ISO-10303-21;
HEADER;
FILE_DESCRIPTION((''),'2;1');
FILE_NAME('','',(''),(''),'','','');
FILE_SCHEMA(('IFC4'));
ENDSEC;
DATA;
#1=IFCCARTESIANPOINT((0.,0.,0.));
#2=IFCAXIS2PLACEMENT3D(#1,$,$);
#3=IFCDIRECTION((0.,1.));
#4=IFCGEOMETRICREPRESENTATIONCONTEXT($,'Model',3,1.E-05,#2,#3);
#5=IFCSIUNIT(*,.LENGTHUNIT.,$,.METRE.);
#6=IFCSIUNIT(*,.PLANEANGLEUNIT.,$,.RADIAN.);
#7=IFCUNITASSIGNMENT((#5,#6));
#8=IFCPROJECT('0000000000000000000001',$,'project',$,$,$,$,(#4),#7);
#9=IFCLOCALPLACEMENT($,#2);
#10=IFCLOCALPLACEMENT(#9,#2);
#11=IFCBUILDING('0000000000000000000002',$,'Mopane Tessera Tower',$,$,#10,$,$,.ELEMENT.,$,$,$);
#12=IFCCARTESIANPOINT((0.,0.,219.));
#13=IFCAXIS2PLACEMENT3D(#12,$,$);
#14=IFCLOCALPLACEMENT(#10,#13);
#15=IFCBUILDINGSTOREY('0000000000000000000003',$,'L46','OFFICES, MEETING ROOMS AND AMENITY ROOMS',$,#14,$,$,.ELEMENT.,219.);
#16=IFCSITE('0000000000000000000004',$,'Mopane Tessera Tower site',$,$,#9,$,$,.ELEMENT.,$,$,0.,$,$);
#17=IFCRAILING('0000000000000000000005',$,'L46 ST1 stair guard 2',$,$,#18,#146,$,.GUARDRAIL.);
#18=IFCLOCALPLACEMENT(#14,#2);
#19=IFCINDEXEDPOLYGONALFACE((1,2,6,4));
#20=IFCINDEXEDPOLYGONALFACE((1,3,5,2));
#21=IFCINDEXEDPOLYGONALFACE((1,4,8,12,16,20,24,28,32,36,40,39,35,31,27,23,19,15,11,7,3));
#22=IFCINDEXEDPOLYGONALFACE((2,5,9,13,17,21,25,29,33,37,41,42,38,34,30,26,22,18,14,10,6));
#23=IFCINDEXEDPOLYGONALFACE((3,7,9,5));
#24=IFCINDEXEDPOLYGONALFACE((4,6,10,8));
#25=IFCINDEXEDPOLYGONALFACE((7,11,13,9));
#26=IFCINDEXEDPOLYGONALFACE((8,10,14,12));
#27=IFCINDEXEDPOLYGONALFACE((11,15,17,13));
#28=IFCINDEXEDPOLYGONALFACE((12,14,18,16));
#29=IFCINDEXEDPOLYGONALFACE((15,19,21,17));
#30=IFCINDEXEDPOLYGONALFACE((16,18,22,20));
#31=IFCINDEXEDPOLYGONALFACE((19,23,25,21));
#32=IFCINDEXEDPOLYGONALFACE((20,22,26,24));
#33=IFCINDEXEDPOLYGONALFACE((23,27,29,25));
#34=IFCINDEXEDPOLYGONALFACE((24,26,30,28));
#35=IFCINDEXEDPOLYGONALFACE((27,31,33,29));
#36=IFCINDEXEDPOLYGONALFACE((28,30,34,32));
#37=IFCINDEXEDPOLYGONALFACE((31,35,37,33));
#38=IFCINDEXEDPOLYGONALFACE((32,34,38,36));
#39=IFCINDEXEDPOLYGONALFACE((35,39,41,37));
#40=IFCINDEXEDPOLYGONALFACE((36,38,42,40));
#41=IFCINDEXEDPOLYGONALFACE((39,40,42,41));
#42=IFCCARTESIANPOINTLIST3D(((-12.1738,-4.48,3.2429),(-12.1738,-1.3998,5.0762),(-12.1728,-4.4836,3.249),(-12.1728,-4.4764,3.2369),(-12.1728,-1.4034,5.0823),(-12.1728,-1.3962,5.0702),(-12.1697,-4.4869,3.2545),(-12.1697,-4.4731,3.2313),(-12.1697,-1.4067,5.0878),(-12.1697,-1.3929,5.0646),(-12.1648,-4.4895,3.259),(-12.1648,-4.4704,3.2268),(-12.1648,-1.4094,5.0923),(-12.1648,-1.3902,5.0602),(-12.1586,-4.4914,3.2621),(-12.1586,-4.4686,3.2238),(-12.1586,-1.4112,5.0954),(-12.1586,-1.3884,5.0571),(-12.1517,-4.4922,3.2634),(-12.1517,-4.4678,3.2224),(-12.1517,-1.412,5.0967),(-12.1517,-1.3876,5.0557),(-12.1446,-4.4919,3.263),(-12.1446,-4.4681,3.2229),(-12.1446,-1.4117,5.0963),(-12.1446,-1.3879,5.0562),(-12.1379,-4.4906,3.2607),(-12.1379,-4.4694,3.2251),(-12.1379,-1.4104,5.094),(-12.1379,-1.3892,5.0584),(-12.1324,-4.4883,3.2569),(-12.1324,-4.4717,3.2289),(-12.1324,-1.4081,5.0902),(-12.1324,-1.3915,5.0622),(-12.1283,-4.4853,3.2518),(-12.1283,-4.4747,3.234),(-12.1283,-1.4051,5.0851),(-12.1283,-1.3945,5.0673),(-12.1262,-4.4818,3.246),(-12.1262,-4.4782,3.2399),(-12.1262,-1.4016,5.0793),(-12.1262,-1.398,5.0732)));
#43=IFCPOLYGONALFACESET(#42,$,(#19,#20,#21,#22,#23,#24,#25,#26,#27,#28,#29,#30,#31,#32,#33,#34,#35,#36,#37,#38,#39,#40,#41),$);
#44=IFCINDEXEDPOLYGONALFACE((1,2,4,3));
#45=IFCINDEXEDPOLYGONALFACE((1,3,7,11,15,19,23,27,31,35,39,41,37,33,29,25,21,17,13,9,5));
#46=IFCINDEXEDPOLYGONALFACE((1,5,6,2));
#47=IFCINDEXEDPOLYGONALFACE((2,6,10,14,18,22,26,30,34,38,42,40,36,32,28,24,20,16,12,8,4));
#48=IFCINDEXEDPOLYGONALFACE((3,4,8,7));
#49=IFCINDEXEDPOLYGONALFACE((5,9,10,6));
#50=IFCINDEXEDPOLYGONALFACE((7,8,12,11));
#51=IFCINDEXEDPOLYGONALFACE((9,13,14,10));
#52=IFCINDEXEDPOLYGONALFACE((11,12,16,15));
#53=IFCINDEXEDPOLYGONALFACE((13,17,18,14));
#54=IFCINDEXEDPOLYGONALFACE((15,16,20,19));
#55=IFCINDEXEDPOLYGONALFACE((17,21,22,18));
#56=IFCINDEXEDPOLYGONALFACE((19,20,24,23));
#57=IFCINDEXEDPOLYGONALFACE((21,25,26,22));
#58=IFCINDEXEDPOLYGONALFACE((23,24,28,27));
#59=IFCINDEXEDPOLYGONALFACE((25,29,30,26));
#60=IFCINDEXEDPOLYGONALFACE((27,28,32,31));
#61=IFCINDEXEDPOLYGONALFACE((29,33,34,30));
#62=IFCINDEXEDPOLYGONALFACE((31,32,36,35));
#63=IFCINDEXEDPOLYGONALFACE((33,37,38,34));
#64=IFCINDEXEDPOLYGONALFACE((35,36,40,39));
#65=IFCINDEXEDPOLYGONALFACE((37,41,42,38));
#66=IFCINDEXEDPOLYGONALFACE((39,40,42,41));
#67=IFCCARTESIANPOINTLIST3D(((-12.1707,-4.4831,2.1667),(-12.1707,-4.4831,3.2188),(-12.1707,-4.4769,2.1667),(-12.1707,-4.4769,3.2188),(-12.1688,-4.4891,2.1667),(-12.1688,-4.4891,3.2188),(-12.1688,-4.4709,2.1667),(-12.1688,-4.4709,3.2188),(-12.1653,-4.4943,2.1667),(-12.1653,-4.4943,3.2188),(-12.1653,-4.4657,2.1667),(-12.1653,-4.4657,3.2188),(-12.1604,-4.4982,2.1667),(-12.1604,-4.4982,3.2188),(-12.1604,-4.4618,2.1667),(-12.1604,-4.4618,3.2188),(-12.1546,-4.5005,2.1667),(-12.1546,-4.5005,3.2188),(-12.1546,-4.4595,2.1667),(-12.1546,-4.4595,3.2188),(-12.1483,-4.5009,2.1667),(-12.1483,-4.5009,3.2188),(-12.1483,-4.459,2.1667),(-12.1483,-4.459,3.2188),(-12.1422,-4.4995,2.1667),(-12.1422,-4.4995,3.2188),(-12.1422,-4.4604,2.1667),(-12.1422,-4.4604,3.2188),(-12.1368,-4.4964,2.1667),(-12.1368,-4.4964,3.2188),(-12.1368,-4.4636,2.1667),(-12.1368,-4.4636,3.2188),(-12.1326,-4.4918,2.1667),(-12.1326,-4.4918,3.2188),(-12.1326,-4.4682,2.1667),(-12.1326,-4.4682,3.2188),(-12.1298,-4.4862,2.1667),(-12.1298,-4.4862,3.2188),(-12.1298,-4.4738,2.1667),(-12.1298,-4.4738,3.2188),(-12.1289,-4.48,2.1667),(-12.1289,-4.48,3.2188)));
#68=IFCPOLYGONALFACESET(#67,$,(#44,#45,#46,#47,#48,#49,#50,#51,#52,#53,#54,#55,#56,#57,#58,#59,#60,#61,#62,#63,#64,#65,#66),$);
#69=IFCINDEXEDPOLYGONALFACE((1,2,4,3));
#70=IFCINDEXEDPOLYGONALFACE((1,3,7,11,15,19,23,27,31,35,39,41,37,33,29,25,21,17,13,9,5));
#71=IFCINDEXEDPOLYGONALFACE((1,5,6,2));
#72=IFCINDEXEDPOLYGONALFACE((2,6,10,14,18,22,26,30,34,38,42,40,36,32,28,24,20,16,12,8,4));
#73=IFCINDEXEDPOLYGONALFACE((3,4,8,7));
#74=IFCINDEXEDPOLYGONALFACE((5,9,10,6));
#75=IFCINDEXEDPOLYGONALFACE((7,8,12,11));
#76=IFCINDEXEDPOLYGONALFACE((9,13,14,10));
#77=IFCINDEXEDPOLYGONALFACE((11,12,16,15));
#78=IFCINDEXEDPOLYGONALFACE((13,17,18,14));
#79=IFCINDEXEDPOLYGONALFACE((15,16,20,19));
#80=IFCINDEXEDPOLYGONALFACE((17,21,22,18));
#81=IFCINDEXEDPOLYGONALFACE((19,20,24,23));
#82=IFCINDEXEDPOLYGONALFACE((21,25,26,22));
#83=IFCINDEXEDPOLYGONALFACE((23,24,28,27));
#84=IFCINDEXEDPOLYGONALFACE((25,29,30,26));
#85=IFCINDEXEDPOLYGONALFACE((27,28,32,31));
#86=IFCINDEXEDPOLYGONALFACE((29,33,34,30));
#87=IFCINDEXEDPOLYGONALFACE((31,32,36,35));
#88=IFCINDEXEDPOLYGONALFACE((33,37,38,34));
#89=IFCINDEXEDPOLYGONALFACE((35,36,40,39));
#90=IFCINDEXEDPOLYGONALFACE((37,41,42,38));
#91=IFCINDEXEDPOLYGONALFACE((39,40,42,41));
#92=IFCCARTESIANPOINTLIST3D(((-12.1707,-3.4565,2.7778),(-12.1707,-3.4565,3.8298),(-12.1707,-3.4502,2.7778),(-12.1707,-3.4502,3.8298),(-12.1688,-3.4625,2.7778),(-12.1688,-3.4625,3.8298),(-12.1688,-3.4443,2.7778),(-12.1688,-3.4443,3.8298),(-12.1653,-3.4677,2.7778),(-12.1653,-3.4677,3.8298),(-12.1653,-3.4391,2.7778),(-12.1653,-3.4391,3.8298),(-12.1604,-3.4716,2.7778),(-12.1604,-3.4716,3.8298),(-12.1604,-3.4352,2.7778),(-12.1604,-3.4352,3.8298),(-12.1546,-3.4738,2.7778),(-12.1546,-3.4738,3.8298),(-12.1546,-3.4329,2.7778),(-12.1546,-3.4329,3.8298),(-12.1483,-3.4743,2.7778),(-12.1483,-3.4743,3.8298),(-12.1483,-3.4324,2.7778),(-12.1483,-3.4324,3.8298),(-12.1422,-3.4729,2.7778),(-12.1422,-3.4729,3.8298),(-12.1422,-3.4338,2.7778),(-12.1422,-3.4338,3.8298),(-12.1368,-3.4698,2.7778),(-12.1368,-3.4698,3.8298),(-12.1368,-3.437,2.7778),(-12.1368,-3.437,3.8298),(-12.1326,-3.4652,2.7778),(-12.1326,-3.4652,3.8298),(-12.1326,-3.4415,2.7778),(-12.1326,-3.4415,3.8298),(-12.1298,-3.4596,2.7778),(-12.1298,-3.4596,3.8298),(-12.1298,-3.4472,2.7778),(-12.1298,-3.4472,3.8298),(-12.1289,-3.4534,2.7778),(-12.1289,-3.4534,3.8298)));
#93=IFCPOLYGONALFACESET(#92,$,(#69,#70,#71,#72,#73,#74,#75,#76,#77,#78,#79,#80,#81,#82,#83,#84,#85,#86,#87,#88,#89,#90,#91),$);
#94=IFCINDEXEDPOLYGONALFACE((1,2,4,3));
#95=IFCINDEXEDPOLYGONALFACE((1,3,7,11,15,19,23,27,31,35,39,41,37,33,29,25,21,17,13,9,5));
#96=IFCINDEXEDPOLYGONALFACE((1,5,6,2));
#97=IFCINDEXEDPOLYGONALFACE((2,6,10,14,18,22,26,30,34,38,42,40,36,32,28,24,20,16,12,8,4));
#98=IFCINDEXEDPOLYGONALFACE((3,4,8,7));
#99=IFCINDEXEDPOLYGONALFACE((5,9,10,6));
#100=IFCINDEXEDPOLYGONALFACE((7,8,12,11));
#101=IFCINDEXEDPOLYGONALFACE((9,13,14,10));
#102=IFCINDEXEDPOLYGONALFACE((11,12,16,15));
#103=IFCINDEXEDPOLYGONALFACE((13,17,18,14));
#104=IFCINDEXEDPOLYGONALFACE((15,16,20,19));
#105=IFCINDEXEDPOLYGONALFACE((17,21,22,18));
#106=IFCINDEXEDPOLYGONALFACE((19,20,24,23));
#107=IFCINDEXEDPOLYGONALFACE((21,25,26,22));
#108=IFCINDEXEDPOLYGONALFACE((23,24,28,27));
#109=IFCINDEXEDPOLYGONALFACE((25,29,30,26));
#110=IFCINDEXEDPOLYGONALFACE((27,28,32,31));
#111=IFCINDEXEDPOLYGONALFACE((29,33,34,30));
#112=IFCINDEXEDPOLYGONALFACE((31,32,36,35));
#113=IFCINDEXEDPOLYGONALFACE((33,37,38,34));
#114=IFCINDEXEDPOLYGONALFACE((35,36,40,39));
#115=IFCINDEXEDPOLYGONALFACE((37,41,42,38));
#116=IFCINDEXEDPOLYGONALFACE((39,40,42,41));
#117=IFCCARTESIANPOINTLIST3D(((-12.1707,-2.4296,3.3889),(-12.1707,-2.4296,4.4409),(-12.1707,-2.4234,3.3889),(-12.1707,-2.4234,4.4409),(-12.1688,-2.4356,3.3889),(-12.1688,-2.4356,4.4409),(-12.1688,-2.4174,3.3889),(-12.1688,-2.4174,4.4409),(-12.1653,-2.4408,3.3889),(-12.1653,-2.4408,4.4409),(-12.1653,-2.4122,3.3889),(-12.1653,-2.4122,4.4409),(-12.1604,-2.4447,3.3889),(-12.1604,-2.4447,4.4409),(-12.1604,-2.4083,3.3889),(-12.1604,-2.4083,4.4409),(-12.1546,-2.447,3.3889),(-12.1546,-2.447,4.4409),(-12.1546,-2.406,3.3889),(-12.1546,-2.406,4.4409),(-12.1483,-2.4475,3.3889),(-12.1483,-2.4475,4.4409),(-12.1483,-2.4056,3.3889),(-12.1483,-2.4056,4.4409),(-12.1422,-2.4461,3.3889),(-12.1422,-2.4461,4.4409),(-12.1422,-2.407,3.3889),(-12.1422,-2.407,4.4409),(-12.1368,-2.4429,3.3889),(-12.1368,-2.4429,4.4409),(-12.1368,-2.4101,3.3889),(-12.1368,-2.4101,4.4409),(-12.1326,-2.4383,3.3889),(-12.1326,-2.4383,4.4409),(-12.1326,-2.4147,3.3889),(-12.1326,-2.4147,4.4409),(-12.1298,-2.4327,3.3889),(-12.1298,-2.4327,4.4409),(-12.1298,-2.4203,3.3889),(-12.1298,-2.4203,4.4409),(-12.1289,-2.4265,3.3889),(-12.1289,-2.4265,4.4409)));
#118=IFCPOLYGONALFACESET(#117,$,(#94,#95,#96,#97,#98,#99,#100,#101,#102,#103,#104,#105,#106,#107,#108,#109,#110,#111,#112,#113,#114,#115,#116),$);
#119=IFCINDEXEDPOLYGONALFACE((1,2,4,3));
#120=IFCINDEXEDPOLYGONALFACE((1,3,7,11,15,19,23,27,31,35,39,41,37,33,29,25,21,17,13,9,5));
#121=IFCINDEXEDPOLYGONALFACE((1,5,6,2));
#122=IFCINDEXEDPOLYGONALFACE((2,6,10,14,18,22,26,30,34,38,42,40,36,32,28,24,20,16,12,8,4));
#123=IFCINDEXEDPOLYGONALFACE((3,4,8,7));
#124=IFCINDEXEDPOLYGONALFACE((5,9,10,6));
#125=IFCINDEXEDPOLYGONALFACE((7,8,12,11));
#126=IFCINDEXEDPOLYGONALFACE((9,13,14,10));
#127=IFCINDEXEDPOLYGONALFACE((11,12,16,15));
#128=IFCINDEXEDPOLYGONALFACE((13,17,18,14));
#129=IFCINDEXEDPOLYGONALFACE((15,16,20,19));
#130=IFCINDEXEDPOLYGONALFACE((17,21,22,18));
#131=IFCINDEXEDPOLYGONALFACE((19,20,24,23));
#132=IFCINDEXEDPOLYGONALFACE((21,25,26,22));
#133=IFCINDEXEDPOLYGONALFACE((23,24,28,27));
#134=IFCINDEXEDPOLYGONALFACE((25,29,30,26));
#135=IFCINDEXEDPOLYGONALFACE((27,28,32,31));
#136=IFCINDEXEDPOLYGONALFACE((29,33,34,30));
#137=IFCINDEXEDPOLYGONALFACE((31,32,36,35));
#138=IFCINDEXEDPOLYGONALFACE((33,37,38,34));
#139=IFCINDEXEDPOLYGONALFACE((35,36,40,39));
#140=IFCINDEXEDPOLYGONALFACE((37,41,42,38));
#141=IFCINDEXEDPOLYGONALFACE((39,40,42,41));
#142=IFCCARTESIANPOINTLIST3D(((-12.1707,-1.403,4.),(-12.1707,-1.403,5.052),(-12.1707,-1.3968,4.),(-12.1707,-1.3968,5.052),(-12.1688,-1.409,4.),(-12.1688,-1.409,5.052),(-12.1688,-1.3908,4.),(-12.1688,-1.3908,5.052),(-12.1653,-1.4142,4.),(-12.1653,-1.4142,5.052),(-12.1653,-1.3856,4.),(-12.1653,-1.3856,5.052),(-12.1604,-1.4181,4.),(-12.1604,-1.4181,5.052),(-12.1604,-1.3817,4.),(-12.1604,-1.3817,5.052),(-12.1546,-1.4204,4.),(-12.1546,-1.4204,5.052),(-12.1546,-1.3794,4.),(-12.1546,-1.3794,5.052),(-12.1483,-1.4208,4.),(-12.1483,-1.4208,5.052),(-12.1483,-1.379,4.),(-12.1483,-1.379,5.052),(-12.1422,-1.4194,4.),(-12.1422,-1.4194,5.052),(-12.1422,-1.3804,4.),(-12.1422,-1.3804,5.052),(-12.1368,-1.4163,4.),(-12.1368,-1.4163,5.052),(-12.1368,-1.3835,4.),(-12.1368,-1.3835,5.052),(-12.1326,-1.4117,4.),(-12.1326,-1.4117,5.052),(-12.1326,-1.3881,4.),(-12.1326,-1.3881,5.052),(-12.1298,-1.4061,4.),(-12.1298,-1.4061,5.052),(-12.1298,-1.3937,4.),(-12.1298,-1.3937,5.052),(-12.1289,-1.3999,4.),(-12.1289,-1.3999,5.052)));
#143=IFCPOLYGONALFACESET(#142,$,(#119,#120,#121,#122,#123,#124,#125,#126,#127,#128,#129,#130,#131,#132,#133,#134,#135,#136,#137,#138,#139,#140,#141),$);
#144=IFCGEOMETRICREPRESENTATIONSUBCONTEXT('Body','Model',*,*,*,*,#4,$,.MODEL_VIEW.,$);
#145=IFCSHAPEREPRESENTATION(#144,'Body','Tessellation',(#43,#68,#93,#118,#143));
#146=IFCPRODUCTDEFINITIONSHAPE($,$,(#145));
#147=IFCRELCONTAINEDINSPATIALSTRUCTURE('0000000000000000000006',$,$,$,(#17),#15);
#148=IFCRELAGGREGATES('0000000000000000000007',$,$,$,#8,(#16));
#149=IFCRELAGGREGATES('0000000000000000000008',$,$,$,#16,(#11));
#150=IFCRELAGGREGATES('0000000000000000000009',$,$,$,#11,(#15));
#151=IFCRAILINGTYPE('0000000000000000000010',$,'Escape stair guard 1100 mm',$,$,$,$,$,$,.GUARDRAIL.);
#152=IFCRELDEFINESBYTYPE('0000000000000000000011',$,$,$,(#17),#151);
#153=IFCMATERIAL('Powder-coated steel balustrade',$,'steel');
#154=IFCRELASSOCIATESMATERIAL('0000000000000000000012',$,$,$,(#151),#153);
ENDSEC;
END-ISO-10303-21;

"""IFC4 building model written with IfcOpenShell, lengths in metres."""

from ifc_helpers import new_model, si_unit, direction, frame, origin, origin_2d, place, context, subcontext, project, spatial, circle, extrude, material, type_object, element, save


model = new_model("IFC4")

# Units and contexts
model_context = context("Model", 3, precision=1e-05, world=origin(), true_north=direction((0.0, 1.0)))
body_context = subcontext(model_context, "Body", "Model", "MODEL_VIEW")
ifc_project = project(units=[si_unit("LENGTHUNIT", "METRE"), si_unit("PLANEANGLEUNIT", "RADIAN")], contexts=[model_context])

# Site, building, storey
site_placement = place(None, origin())
site = spatial("IfcSite", under=ifc_project, at=site_placement, Name="Mopane Tessera Tower site", CompositionType="ELEMENT", RefElevation=0.0)
building_placement = place(site_placement, origin())
building = spatial("IfcBuilding", under=site, at=building_placement, Name="Mopane Tessera Tower", CompositionType="ELEMENT")
storey_placement = place(building_placement, frame((0.0, 0.0, 219.0)))
storey = spatial("IfcBuildingStorey", under=building, at=storey_placement, Name="L46", Description="OFFICES, MEETING ROOMS AND AMENITY ROOMS", CompositionType="ELEMENT", Elevation=219.0)

# Railing
ifc_material_1 = material(Name="Powder-coated steel balustrade", Category="steel")
railing_type_1 = type_object("IfcRailingType", Name="Escape stair guard 1100 mm", PredefinedType="GUARDRAIL", material=ifc_material_1)
railing_1_placement = place(storey_placement, frame((-12.1499, -4.48, 2.1667)))
element("IfcRailing", 1, at=railing_1_placement, inside=storey, type_object=railing_type_1, Name="L46 ST1 stair guard 2", PredefinedType="GUARDRAIL", context=body_context, shape_type="SweptSolid", body=[
    extrude(circle(Radius=0.0239, at=origin_2d()), frame((0.0, 0.0, 1.0762), z_axis=(0.0, 0.859309, 0.511458), x_axis=(-1.0, 0.0, 0.0)), (0.0, 0.0, 1.0), 3.5845),
    extrude(circle(Radius=0.021, at=origin_2d()), origin(), (0.0, 0.0, 1.0), 1.052),
    extrude(circle(Radius=0.021, at=origin_2d()), frame((0.0, 1.0266, 0.6111)), (0.0, 0.0, 1.0), 1.052),
    extrude(circle(Radius=0.021, at=origin_2d()), frame((0.0, 2.0535, 1.2222)), (0.0, 0.0, 1.0), 1.052),
    extrude(circle(Radius=0.021, at=origin_2d()), frame((0.0, 3.0801, 1.8333)), (0.0, 0.0, 1.0), 1.052),
])

save(model, "model.ifc")
